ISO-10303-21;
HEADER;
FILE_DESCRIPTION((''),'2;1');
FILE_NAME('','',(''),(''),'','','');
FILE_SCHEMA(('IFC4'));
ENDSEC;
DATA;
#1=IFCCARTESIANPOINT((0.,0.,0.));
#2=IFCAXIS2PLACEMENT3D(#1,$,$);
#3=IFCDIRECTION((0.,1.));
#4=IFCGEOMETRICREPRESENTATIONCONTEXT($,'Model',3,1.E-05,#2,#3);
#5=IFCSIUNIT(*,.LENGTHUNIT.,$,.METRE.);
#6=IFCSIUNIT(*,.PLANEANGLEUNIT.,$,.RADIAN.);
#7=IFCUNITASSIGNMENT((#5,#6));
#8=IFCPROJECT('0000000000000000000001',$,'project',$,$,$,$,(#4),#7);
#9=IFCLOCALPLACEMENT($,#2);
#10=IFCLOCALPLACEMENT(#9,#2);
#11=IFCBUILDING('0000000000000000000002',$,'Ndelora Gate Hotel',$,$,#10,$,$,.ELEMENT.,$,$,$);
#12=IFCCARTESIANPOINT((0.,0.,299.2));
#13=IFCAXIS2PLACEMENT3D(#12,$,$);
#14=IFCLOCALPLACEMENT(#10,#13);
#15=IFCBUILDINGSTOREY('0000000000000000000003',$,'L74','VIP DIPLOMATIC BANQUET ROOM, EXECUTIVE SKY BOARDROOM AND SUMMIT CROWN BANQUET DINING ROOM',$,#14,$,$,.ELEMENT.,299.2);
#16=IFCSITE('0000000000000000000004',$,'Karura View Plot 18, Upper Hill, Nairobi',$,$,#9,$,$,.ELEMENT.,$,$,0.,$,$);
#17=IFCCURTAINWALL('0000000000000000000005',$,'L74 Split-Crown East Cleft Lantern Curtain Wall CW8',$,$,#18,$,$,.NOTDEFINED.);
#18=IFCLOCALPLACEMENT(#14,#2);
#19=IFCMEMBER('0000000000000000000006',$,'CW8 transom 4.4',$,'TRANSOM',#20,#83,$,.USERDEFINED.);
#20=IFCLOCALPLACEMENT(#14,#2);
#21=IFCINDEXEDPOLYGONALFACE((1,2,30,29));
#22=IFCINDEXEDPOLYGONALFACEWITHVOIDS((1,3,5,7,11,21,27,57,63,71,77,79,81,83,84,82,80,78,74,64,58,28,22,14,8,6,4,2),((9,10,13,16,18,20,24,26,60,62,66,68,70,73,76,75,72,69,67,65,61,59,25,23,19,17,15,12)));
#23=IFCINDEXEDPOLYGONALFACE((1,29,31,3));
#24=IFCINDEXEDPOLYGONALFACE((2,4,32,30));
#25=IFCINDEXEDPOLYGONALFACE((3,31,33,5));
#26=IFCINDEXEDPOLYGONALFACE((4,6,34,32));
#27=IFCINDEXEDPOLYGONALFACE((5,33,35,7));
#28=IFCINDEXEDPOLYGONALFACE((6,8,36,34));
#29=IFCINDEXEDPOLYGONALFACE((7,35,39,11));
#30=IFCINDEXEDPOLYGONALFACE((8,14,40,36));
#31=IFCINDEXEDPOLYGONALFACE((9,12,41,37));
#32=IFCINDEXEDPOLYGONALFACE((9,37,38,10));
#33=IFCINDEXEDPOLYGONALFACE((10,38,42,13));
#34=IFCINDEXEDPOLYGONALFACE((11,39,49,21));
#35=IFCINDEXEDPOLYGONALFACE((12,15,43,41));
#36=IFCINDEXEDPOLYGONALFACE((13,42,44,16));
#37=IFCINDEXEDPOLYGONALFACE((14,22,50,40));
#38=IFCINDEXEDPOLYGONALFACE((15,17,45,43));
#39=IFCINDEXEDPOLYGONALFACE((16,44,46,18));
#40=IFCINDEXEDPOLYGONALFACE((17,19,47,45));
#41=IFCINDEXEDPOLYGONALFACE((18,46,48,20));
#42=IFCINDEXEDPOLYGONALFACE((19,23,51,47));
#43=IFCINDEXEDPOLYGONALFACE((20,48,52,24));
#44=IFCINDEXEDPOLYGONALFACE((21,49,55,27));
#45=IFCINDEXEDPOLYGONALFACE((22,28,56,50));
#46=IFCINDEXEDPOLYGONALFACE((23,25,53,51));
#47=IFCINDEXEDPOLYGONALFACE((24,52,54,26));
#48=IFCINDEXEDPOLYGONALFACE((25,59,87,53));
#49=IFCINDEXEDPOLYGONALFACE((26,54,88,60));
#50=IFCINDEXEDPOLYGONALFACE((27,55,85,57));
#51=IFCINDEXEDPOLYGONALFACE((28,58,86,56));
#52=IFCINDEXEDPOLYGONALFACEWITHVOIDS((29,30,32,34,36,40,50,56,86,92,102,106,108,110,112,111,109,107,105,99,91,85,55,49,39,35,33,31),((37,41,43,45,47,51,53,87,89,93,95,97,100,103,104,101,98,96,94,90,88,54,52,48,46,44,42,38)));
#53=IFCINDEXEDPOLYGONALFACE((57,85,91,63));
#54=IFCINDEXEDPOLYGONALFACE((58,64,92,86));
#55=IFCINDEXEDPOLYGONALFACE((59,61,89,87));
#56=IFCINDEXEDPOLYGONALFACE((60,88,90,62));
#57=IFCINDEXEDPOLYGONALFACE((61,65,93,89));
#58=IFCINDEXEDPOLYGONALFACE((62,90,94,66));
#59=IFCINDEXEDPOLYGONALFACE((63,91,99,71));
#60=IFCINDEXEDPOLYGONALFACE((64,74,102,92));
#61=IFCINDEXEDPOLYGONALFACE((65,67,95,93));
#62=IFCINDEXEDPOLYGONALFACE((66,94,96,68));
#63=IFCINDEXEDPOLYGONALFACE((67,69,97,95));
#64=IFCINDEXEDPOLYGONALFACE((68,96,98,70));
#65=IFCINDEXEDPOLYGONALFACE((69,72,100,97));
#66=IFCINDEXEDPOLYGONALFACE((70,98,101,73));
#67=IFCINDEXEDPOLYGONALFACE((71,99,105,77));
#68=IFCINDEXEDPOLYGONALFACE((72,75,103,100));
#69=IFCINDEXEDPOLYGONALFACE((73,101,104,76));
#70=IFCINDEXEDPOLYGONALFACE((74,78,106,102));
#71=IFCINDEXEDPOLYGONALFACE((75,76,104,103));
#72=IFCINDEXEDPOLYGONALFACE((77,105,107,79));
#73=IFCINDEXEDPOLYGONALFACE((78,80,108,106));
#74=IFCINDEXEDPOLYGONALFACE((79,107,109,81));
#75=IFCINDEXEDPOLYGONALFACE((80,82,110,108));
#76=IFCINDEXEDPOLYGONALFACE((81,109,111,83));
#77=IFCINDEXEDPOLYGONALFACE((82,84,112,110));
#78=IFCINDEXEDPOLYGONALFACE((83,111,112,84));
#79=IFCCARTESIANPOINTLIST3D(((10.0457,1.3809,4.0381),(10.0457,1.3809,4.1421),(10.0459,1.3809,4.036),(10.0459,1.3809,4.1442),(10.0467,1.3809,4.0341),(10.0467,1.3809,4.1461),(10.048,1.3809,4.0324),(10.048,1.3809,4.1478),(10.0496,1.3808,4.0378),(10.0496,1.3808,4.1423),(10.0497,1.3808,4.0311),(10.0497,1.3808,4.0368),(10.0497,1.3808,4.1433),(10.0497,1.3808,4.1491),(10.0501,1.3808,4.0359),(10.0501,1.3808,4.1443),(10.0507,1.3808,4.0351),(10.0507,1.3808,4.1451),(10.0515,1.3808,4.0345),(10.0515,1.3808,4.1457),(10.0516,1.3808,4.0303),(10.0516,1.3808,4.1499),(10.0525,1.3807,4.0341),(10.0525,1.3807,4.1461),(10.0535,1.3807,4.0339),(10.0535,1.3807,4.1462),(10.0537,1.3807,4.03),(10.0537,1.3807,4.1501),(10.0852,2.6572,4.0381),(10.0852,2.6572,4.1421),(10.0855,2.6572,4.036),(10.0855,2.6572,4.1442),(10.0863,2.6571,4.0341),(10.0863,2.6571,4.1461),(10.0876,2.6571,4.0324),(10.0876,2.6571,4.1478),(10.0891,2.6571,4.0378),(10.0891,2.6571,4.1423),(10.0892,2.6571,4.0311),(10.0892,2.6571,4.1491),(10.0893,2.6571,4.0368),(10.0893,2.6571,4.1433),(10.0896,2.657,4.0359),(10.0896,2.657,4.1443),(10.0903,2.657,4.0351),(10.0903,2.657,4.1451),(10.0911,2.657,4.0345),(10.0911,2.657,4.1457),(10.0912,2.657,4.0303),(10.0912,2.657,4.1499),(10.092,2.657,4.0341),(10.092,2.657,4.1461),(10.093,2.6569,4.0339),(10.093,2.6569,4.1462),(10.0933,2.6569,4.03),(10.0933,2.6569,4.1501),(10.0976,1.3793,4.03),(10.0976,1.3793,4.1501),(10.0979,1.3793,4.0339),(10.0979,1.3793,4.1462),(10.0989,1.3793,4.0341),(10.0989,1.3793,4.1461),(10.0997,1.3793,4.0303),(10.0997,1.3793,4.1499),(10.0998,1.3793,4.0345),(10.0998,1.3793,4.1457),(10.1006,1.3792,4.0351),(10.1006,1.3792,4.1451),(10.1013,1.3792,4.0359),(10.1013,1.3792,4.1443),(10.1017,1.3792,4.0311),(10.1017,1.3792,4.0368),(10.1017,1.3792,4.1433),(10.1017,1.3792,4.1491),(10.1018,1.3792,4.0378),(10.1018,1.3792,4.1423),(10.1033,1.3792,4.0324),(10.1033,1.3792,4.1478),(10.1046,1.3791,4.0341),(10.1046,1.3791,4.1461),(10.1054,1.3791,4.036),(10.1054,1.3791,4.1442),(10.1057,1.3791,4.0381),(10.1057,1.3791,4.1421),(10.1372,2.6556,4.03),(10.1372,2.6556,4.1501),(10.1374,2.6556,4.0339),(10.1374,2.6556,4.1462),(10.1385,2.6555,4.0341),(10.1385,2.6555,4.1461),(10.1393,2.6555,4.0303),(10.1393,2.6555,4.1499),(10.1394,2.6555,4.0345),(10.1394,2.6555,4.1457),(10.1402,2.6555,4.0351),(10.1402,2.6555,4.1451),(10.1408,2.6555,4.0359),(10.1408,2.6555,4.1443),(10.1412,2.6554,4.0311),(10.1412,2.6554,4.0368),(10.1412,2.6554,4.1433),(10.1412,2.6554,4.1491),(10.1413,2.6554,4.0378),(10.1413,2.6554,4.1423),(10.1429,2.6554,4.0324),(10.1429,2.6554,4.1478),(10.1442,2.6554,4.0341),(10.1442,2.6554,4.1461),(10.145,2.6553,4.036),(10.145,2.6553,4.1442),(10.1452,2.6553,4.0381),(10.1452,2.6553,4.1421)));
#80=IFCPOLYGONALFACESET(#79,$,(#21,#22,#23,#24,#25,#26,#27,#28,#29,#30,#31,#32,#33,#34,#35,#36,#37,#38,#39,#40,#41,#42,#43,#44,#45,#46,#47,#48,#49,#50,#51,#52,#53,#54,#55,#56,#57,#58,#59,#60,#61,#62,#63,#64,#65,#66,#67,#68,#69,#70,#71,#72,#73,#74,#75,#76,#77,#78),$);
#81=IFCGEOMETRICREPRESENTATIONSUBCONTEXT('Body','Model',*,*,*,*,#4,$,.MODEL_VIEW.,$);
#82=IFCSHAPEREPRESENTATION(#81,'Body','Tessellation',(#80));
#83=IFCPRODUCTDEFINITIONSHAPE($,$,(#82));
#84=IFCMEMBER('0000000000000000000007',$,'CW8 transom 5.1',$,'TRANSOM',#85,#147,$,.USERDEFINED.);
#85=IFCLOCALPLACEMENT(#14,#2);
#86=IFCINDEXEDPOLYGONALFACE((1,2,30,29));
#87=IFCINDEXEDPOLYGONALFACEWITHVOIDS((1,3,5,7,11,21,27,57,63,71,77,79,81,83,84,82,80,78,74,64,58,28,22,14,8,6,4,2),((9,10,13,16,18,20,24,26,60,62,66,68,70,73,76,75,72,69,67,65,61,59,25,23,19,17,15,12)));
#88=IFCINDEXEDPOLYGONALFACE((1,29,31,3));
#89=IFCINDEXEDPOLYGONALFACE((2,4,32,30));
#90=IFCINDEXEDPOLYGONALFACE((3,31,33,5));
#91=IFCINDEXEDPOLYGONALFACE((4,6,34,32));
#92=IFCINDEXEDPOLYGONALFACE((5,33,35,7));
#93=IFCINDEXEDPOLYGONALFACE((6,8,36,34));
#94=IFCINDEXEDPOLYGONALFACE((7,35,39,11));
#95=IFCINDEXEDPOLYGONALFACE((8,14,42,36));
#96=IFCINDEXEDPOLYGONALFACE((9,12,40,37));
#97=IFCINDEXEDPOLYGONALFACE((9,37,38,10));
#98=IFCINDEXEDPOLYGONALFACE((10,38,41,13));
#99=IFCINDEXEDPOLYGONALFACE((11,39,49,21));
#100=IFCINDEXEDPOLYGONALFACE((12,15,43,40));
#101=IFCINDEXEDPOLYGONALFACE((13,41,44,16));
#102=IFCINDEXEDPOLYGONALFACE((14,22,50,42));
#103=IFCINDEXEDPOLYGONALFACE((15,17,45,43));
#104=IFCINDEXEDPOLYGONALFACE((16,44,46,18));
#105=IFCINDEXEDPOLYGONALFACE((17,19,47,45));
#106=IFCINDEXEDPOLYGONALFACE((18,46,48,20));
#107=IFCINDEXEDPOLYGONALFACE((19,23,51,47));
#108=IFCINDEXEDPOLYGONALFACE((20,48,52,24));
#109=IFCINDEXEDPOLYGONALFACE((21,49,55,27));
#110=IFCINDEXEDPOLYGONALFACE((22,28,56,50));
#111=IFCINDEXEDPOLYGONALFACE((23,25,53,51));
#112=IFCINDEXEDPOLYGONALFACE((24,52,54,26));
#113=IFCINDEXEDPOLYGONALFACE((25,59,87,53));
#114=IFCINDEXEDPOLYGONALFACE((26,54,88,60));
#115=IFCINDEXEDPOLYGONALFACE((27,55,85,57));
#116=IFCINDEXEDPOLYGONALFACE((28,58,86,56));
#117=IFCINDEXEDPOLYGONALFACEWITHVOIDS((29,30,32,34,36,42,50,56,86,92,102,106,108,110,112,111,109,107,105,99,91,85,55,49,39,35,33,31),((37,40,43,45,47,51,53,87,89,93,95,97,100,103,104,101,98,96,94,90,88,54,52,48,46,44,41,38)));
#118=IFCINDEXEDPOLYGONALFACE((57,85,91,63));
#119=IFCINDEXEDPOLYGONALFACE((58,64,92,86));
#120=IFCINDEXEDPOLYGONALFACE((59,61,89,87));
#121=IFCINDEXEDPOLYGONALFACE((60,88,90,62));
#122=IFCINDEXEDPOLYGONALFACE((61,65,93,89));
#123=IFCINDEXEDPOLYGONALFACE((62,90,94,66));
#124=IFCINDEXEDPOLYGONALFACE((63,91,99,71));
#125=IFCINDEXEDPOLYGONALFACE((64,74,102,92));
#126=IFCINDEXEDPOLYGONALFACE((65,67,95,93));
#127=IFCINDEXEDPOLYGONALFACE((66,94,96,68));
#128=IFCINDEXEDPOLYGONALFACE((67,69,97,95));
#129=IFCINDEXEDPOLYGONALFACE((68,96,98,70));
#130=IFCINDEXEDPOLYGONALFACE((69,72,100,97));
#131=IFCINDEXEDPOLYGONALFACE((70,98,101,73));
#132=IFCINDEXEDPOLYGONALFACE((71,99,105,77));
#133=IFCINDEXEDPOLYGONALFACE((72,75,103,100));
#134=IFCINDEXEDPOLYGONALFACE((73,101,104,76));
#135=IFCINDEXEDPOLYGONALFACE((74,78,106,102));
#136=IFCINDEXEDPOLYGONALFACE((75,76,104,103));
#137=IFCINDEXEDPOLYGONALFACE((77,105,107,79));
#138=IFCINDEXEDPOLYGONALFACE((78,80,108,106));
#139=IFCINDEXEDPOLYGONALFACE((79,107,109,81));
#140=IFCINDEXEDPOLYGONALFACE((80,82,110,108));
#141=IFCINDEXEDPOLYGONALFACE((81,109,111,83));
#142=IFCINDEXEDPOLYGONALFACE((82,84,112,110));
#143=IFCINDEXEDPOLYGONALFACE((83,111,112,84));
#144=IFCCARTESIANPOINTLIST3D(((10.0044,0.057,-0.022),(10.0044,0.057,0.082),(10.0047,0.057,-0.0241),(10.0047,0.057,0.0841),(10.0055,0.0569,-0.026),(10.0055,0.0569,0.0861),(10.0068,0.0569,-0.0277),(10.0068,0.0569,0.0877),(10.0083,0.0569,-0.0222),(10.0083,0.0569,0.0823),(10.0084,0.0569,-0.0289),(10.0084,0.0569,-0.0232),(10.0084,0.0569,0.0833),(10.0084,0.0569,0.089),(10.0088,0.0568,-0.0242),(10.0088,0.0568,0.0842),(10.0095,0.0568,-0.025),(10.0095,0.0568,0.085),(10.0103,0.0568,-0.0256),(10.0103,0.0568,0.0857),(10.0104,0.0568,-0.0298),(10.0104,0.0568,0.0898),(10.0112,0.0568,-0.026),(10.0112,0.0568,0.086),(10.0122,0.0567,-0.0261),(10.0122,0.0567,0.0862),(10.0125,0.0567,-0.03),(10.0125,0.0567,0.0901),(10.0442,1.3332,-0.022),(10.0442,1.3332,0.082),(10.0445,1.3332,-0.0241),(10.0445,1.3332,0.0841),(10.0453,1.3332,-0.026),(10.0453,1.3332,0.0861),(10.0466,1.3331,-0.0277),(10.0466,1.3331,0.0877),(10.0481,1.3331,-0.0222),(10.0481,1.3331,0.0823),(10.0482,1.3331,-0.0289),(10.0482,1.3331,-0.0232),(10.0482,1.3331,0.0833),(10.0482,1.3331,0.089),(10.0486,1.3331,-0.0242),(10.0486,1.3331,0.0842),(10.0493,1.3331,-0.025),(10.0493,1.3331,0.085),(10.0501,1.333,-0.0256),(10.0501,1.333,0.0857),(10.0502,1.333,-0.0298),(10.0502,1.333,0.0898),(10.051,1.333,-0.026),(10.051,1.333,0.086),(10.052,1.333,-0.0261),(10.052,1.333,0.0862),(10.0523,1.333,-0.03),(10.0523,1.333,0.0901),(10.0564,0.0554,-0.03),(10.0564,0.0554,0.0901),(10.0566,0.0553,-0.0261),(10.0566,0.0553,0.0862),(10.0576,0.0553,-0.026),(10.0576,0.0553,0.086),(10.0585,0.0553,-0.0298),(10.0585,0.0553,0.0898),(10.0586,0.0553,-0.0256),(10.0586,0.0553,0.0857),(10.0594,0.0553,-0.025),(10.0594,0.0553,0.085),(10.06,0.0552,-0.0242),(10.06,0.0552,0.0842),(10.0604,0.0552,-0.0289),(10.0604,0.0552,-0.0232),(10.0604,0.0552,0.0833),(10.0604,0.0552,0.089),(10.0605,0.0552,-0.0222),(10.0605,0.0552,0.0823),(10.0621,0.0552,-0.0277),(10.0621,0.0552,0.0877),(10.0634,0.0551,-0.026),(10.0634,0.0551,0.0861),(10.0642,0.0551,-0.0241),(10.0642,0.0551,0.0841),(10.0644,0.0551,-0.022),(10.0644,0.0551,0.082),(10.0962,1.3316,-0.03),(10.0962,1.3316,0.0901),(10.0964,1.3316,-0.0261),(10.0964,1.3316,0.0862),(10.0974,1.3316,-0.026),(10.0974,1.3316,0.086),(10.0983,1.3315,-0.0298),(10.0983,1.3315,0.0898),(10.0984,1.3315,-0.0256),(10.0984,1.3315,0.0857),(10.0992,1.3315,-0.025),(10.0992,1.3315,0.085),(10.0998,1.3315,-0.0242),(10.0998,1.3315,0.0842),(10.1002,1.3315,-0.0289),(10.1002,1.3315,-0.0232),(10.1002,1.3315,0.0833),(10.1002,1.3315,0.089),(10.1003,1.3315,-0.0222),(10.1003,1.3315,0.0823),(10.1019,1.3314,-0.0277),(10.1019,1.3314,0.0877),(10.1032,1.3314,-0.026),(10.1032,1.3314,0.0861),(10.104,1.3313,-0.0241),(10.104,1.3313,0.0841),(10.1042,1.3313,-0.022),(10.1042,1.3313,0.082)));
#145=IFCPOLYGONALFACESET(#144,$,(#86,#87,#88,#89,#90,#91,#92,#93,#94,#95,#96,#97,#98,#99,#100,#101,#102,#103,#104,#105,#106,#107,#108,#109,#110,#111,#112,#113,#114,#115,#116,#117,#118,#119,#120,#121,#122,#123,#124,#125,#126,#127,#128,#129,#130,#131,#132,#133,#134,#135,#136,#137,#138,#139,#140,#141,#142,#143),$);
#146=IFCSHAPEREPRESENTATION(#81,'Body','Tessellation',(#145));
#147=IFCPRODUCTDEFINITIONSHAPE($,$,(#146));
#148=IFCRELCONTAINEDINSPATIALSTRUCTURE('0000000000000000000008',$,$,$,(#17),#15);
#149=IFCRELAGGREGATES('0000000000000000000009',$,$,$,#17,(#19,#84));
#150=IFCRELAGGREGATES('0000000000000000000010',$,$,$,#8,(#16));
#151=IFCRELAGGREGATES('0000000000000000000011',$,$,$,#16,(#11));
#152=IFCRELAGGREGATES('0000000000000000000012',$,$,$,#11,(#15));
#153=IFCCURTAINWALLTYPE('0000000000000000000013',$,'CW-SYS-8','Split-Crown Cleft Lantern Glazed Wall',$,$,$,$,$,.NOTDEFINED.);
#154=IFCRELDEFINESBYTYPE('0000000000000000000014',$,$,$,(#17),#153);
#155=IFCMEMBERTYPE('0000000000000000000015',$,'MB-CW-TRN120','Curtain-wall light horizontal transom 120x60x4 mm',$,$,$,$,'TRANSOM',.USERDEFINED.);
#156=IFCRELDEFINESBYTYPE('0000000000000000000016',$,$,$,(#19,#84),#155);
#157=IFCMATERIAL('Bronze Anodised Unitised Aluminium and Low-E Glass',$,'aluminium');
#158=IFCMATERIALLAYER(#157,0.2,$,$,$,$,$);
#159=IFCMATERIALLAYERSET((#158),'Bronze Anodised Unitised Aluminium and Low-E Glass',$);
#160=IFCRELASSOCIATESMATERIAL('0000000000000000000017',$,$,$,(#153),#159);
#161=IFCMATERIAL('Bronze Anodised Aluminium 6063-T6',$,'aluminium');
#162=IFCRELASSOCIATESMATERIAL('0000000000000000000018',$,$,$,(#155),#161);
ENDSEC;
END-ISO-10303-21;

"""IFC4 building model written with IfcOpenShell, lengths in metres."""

from ifc_helpers import new_model, si_unit, direction, frame, origin, origin_2d, place, context, subcontext, project, spatial, hollow_rectangle, extrude, material, layer, layer_set, material_profile, profile_set, type_object, element, aggregate, save


model = new_model("IFC4")

# Units and contexts
model_context = context("Model", 3, precision=1e-05, world=origin(), true_north=direction((0.0, 1.0)))
body_context = subcontext(model_context, "Body", "Model", "MODEL_VIEW")
ifc_project = project(units=[si_unit("LENGTHUNIT", "METRE"), si_unit("PLANEANGLEUNIT", "RADIAN")], contexts=[model_context])

# Site, building, storey
site_placement = place(None, origin())
site = spatial("IfcSite", under=ifc_project, at=site_placement, Name="Karura View Plot 18, Upper Hill, Nairobi", CompositionType="ELEMENT", RefElevation=0.0)
building_placement = place(site_placement, origin())
building = spatial("IfcBuilding", under=site, at=building_placement, Name="Ndelora Gate Hotel", CompositionType="ELEMENT")
storey_placement = place(building_placement, frame((0.0, 0.0, 299.2)))
storey = spatial("IfcBuildingStorey", under=building, at=storey_placement, Name="L74", Description="VIP DIPLOMATIC BANQUET ROOM, EXECUTIVE SKY BOARDROOM AND SUMMIT CROWN BANQUET DINING ROOM", CompositionType="ELEMENT", Elevation=299.2)

# Curtain wall, members
ifc_material_1 = material(Name="Bronze Anodised Unitised Aluminium and Low-E Glass", Category="aluminium")
ifc_layer_1 = layer(ifc_material_1, 0.2)
ifc_layer_set_1 = layer_set([ifc_layer_1], Name="Bronze Anodised Unitised Aluminium and Low-E Glass")
curtain_wall_type = type_object("IfcCurtainWallType", Name="CW-SYS-8", Description="Split-Crown Cleft Lantern Glazed Wall", PredefinedType="NOTDEFINED", material=ifc_layer_set_1)
curtain_wall_placement = place(storey_placement, origin())
curtain_wall = element("IfcCurtainWall", 1, at=curtain_wall_placement, inside=storey, type_object=curtain_wall_type, Name="L74 Split-Crown East Cleft Lantern Curtain Wall CW8", PredefinedType="NOTDEFINED")
ifc_material_2 = material(Name="Bronze Anodised Aluminium 6063-T6", Category="aluminium")
ifc_material_profile_1 = material_profile(ifc_material_2, hollow_rectangle(XDim=0.0601, YDim=0.1201, WallThickness=0.0039, InnerFilletRadius=0.0039, OuterFilletRadius=0.0081, at=origin_2d()), Name="ALU 120x60x4")
ifc_profile_set_1 = profile_set([ifc_material_profile_1], Name="Bronze Anodised Aluminium 6063-T6")
member_type_1 = type_object("IfcMemberType", Name="MB-CW-TRN120", Description="Curtain-wall light horizontal transom 120x60x4 mm", ElementType="TRANSOM", PredefinedType="USERDEFINED", material=ifc_profile_set_1)
member_1_placement = place(storey_placement, frame((10.1152, 2.6562, 4.0901), z_axis=(-0.030978, -0.99952, 0.0), x_axis=(0.99952, -0.030978, 0.0)))
member_1 = element("IfcMember", 2, at=member_1_placement, type_object=member_type_1, Name="CW8 transom 4.4", ObjectType="TRANSOM", PredefinedType="USERDEFINED", context=body_context, shape_type="SweptSolid", body=[
    extrude(hollow_rectangle(XDim=0.0601, YDim=0.1201, WallThickness=0.0039, InnerFilletRadius=0.0039, OuterFilletRadius=0.0081, at=origin_2d()), origin(), (0.0, 0.0, 1.0), 1.2769),
])
member_2_placement = place(storey_placement, frame((10.0742, 1.3323, 0.03), z_axis=(-0.031169, -0.999514, 0.0), x_axis=(0.999514, -0.031169, 0.0)))
member_2 = element("IfcMember", 3, at=member_2_placement, type_object=member_type_1, Name="CW8 transom 5.1", ObjectType="TRANSOM", PredefinedType="USERDEFINED", context=body_context, shape_type="SweptSolid", body=[
    extrude(hollow_rectangle(XDim=0.0601, YDim=0.1201, WallThickness=0.0039, InnerFilletRadius=0.0039, OuterFilletRadius=0.0081, at=origin_2d()), origin(), (0.0, 0.0, 1.0), 1.2769),
])
aggregate(curtain_wall, [member_1, member_2])

save(model, "model.ifc")
